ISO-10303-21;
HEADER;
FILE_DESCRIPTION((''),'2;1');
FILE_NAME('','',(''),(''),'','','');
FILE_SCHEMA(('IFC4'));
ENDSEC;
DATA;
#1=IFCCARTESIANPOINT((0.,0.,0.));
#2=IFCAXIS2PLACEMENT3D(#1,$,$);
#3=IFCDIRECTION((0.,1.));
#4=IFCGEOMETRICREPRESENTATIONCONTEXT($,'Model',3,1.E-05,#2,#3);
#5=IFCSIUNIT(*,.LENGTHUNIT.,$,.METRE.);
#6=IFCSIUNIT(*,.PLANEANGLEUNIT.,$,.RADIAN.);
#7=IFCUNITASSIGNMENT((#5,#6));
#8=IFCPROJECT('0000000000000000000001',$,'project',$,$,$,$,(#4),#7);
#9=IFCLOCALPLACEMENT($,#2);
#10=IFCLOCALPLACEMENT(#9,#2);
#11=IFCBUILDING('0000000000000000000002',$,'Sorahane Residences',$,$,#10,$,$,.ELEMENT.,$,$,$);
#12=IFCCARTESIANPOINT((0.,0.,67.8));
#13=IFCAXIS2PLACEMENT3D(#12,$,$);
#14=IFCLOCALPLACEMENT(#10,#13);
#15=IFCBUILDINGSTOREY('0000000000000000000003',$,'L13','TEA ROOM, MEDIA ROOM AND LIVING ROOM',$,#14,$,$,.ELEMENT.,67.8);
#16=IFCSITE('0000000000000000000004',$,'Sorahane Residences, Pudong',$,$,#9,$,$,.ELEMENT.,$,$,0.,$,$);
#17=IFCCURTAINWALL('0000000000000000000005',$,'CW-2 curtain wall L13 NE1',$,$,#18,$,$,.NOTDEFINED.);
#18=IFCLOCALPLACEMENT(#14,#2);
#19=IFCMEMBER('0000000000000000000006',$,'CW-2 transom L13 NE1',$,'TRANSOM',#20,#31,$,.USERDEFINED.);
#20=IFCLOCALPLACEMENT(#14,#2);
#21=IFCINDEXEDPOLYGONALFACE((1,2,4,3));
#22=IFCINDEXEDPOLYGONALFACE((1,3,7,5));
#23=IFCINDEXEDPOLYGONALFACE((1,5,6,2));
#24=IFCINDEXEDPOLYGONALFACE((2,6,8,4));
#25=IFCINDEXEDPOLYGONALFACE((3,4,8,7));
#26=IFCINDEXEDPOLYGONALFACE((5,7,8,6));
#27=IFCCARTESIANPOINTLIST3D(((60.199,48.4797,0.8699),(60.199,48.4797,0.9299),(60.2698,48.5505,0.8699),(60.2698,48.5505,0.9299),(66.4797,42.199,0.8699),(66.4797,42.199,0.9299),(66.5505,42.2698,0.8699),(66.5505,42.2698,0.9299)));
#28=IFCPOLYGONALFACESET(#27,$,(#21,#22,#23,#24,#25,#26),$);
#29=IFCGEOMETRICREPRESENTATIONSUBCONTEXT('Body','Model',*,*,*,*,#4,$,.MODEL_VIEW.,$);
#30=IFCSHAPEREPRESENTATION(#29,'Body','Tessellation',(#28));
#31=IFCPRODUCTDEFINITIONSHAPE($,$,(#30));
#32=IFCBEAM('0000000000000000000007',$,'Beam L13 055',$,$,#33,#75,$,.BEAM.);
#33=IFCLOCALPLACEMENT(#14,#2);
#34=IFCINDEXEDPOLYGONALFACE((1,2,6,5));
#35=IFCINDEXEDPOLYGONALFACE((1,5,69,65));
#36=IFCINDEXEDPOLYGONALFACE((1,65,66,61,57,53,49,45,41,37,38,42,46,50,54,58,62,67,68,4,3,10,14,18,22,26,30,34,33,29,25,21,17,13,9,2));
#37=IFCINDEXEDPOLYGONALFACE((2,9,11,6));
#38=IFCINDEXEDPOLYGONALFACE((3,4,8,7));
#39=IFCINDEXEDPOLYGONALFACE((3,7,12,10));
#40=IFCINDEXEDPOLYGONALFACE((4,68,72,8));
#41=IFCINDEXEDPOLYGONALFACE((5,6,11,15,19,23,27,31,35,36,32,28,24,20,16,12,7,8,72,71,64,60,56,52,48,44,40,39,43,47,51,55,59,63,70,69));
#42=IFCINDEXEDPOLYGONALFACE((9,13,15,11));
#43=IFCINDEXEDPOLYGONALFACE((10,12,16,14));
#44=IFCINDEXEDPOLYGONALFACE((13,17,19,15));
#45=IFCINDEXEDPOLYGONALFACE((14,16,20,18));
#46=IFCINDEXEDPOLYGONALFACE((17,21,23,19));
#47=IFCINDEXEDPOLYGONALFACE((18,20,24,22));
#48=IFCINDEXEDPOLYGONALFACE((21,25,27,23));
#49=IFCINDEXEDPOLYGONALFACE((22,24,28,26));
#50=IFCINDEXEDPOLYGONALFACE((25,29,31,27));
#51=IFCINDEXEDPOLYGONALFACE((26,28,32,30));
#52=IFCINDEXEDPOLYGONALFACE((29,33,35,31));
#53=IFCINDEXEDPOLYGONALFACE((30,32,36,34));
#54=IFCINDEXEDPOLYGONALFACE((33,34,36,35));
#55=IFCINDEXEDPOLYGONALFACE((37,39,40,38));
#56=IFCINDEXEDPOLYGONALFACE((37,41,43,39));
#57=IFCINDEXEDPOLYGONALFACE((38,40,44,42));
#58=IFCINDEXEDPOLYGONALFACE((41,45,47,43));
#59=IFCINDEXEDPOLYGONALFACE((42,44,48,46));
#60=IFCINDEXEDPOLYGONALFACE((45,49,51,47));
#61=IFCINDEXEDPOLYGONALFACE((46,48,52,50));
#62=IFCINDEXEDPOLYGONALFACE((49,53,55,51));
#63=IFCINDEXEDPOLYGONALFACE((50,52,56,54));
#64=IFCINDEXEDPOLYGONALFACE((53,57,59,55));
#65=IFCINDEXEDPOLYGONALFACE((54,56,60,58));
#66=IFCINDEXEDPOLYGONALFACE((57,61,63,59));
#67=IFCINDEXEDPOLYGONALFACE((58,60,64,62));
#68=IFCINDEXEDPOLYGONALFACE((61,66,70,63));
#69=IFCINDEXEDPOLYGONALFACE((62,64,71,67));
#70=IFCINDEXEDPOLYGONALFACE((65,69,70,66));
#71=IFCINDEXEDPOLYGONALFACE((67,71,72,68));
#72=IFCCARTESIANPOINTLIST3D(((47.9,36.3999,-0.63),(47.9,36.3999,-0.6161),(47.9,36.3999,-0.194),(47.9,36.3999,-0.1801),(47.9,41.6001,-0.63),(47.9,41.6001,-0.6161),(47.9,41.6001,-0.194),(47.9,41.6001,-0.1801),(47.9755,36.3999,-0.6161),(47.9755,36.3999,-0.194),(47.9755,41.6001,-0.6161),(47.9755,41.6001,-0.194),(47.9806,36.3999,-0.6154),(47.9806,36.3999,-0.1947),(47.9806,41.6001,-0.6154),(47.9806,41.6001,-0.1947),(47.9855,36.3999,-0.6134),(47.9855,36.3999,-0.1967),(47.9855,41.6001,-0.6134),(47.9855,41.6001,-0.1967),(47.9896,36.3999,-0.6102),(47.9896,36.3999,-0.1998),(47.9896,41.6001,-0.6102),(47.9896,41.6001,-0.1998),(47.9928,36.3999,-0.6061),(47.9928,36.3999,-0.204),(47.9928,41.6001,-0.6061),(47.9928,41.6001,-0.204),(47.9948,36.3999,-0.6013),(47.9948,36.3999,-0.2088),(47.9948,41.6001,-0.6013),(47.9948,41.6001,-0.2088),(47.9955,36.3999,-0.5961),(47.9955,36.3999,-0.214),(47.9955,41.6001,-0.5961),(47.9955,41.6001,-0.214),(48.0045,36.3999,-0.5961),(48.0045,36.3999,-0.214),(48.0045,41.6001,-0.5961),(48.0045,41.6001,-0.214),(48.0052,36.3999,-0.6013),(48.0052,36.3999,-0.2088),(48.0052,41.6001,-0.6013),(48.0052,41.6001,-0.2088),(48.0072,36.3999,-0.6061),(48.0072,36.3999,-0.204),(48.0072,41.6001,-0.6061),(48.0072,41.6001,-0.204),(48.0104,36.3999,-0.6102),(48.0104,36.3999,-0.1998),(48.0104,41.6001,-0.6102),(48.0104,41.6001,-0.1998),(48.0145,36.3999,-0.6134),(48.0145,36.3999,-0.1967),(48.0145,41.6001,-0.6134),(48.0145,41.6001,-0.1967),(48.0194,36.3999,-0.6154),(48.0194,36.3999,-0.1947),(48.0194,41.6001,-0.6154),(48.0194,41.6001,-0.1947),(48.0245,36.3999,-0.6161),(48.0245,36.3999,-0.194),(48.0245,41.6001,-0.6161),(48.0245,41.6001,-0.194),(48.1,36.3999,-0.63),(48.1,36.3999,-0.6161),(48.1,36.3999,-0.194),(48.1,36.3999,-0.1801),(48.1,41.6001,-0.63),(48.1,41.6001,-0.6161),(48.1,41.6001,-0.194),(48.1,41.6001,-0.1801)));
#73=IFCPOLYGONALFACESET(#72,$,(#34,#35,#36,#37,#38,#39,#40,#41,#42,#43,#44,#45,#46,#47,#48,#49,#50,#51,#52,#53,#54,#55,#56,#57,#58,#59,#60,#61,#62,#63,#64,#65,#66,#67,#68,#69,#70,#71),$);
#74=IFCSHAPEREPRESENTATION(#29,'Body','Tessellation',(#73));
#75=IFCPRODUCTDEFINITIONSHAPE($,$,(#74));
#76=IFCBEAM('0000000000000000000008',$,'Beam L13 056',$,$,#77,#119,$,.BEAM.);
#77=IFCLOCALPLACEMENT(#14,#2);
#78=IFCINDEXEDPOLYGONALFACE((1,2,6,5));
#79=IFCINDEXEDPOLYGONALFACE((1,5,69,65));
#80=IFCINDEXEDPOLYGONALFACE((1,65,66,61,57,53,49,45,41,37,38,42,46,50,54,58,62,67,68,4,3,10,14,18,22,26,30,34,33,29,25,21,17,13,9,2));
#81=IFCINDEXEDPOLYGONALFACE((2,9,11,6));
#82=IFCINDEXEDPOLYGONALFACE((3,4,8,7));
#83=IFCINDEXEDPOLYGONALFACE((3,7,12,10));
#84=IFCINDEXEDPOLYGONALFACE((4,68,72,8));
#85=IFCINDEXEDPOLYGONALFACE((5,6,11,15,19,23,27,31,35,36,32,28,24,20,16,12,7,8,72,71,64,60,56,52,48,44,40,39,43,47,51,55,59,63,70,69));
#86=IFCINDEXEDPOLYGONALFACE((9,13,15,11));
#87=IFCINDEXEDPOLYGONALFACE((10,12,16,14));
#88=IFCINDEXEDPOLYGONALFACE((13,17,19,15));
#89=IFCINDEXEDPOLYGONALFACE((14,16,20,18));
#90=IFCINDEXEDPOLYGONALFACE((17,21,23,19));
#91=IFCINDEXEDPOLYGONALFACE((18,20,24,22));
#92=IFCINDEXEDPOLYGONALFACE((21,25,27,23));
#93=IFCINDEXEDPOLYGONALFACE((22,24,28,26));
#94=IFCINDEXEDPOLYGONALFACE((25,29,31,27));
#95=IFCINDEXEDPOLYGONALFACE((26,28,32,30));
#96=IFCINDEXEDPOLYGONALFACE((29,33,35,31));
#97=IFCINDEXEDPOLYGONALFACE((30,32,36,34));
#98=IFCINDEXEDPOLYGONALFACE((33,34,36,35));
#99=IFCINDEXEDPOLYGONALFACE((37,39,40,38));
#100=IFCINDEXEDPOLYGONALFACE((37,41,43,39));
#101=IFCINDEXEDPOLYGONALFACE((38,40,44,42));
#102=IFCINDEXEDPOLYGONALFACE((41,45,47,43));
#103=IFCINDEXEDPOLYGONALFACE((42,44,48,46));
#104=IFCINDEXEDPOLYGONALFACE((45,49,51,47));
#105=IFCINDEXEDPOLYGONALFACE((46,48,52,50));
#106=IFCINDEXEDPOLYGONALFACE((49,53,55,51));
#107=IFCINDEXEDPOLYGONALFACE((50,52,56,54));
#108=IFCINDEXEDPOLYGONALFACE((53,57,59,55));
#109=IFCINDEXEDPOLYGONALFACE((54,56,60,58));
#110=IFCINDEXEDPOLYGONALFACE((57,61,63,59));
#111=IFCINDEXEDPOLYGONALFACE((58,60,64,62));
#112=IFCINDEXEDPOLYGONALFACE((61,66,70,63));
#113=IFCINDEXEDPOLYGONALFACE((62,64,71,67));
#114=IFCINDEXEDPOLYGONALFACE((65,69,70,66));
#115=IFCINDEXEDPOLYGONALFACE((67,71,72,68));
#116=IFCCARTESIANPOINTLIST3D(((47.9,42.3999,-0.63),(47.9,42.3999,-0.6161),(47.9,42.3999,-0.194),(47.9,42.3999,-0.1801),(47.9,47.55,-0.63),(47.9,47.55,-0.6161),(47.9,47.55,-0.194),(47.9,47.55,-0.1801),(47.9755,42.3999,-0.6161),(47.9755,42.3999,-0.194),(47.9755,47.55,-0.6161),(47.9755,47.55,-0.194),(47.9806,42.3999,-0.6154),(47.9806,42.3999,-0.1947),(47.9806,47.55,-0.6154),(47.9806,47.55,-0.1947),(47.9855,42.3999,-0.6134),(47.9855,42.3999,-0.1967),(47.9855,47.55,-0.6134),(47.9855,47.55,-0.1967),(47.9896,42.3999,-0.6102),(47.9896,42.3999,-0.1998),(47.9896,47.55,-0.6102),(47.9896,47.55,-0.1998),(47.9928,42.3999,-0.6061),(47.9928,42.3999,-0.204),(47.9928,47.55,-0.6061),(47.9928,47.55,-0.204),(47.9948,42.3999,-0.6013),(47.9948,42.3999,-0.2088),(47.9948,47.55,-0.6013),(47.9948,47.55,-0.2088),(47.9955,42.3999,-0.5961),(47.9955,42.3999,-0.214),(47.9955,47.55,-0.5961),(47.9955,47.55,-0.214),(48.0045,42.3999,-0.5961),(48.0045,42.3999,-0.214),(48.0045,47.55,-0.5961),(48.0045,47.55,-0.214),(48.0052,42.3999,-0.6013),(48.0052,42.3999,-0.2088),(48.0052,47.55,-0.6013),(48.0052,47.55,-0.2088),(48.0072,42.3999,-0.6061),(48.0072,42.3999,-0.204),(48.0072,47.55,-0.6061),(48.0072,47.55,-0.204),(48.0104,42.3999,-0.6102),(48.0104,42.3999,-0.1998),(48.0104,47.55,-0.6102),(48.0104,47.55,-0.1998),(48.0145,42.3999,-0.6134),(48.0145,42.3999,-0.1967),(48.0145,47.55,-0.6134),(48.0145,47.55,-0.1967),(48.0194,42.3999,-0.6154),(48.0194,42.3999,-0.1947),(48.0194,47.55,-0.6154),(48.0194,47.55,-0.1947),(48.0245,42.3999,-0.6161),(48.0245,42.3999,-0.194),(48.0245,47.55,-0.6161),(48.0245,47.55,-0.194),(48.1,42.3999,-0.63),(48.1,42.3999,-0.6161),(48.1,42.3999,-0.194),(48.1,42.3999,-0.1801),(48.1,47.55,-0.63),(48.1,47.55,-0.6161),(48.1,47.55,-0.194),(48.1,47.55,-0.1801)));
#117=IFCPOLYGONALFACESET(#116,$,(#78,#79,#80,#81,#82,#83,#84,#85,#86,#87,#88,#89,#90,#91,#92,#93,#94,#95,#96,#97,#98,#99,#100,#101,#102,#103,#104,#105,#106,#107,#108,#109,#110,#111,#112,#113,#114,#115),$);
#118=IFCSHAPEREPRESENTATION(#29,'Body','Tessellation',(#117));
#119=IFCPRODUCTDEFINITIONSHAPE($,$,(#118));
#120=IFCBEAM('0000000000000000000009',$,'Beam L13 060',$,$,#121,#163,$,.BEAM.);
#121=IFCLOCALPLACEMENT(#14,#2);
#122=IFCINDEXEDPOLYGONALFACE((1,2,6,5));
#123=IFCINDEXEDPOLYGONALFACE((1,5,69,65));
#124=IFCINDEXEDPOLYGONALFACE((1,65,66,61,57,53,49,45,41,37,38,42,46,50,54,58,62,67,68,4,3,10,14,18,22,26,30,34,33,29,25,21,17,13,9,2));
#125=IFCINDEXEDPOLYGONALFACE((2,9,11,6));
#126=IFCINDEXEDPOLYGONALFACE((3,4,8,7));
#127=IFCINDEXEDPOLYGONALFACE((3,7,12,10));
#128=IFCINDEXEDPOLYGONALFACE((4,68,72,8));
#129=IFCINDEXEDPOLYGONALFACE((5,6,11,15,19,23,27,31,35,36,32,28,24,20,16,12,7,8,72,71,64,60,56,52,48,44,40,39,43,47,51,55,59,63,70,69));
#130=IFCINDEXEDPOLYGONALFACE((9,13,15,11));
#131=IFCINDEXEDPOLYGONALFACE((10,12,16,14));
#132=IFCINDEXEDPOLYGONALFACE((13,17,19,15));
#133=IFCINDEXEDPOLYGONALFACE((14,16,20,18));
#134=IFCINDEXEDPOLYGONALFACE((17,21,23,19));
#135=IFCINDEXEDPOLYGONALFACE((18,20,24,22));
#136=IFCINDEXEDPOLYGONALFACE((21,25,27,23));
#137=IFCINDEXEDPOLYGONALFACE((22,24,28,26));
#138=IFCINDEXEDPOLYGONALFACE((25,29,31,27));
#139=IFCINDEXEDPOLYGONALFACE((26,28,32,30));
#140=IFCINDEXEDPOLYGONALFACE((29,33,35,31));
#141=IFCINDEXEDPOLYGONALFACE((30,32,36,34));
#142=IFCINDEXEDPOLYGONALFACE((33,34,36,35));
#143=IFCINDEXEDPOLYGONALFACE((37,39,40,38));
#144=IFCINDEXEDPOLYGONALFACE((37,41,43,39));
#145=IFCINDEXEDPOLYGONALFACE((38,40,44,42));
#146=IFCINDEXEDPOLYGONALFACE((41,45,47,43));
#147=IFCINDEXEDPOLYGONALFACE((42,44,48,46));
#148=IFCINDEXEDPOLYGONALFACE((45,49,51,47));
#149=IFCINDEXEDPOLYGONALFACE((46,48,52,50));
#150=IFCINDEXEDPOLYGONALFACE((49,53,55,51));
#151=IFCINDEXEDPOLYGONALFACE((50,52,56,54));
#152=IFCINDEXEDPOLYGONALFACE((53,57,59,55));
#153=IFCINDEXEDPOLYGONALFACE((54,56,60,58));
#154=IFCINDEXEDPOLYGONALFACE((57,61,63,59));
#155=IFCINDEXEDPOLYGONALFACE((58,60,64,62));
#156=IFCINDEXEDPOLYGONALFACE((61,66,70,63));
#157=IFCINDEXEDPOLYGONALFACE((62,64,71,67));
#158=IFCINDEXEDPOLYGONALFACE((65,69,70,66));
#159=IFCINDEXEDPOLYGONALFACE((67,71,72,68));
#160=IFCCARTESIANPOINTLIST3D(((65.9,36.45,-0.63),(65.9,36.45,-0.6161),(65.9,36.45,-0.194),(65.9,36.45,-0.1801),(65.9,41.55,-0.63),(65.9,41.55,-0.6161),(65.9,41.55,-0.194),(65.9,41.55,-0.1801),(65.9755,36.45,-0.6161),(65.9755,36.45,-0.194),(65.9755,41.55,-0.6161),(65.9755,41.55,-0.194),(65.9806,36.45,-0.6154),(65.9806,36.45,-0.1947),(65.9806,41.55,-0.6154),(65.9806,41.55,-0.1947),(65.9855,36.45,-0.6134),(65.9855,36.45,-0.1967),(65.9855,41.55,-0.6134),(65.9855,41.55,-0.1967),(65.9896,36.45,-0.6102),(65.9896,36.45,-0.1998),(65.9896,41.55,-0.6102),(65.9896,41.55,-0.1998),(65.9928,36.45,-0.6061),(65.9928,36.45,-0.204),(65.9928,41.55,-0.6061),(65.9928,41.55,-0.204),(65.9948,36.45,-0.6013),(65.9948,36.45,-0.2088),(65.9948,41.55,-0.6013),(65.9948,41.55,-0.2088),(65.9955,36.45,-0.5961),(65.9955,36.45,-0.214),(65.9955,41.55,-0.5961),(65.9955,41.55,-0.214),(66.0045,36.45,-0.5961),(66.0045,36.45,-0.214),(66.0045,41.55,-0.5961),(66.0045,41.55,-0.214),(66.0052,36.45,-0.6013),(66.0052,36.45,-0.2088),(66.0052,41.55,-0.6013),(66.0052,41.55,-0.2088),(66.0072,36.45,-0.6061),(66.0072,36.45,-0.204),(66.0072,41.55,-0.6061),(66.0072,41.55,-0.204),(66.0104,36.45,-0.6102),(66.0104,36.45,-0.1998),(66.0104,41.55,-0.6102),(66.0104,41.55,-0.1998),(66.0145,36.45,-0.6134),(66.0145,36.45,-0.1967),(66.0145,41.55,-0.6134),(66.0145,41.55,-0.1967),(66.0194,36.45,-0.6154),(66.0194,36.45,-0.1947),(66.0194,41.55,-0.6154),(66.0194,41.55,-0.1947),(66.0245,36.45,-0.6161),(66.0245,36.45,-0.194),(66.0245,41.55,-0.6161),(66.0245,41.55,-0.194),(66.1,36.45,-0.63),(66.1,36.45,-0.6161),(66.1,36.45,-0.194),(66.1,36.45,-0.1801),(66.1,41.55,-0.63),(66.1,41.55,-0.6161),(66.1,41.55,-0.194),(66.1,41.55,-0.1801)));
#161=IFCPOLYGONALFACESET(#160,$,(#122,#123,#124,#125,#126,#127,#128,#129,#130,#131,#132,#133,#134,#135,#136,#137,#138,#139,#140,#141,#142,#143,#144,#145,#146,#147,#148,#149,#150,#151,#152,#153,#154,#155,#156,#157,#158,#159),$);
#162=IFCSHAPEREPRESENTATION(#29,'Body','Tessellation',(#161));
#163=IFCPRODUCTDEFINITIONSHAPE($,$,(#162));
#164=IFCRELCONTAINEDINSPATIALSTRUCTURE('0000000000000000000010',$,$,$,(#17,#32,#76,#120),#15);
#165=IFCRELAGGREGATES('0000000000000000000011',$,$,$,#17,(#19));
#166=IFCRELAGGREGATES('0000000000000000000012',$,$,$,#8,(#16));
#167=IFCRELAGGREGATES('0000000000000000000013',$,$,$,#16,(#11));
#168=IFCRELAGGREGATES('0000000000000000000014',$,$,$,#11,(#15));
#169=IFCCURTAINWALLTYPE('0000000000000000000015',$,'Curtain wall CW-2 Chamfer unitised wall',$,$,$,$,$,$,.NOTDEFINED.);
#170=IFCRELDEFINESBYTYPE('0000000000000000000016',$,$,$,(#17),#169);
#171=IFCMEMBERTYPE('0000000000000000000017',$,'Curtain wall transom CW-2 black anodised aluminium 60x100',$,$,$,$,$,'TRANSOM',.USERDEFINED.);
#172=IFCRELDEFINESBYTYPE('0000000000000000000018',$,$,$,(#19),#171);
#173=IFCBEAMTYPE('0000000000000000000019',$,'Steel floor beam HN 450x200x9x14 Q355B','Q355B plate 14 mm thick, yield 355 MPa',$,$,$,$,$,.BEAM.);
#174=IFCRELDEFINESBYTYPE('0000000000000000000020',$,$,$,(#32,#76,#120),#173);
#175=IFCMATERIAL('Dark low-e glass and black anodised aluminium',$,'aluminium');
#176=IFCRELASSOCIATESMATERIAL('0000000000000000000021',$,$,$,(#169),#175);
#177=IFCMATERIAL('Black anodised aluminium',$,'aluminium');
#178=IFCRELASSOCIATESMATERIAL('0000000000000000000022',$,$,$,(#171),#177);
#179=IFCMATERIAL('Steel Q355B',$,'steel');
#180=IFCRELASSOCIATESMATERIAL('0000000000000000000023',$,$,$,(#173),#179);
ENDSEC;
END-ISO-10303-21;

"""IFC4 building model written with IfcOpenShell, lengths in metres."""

from ifc_helpers import new_model, si_unit, direction, frame, origin, origin_2d, place, context, subcontext, project, spatial, rectangle, i_section, extrude, material, material_profile, profile_set, type_object, element, aggregate, save


model = new_model("IFC4")

# Units and contexts
model_context = context("Model", 3, precision=1e-05, world=origin(), true_north=direction((0.0, 1.0)))
body_context = subcontext(model_context, "Body", "Model", "MODEL_VIEW")
ifc_project = project(units=[si_unit("LENGTHUNIT", "METRE"), si_unit("PLANEANGLEUNIT", "RADIAN")], contexts=[model_context])

# Site, building, storey
site_placement = place(None, origin())
site = spatial("IfcSite", under=ifc_project, at=site_placement, Name="Sorahane Residences, Pudong", CompositionType="ELEMENT", RefElevation=0.0)
building_placement = place(site_placement, origin())
building = spatial("IfcBuilding", under=site, at=building_placement, Name="Sorahane Residences", CompositionType="ELEMENT")
storey_placement = place(building_placement, frame((0.0, 0.0, 67.8)))
storey = spatial("IfcBuildingStorey", under=building, at=storey_placement, Name="L13", Description="TEA ROOM, MEDIA ROOM AND LIVING ROOM", CompositionType="ELEMENT", Elevation=67.8)

# Curtain wall
ifc_material_1 = material(Name="Dark low-e glass and black anodised aluminium", Category="aluminium")
curtain_wall_type_1 = type_object("IfcCurtainWallType", Name="Curtain wall CW-2 Chamfer unitised wall", PredefinedType="NOTDEFINED", material=ifc_material_1)
curtain_wall_1_placement = place(storey_placement, origin())
curtain_wall_1 = element("IfcCurtainWall", 1, at=curtain_wall_1_placement, inside=storey, type_object=curtain_wall_type_1, Name="CW-2 curtain wall L13 NE1", PredefinedType="NOTDEFINED")

# Member
ifc_material_2 = material(Name="Black anodised aluminium", Category="aluminium")
ifc_material_profile_1 = material_profile(ifc_material_2, rectangle(XDim=0.1001, YDim=0.0601, at=origin_2d()), Name="Curtain wall transom CW-2 black anodised aluminium 60x100")
ifc_profile_set_1 = profile_set([ifc_material_profile_1], Name="Black anodised aluminium")
member_type_1 = type_object("IfcMemberType", Name="Curtain wall transom CW-2 black anodised aluminium 60x100", ElementType="TRANSOM", PredefinedType="USERDEFINED", material=ifc_profile_set_1)
member_1_placement = place(storey_placement, frame((66.5151, 42.2344, 0.8999), z_axis=(-0.707107, 0.707107, 0.0), x_axis=(-0.707107, -0.707107, 0.0)))
member_1 = element("IfcMember", 2, at=member_1_placement, type_object=member_type_1, Name="CW-2 transom L13 NE1", ObjectType="TRANSOM", PredefinedType="USERDEFINED", context=body_context, shape_type="SweptSolid", body=[
    extrude(rectangle(XDim=0.1001, YDim=0.0601, at=origin_2d()), origin(), (0.0, 0.0, 1.0), 8.8823),
])

# Beams
ifc_material_3 = material(Name="Steel Q355B", Category="steel")
ifc_material_profile_2 = material_profile(ifc_material_3, i_section(OverallWidth=0.2, OverallDepth=0.45, WebThickness=0.009, FlangeThickness=0.0139, FilletRadius=0.02, at=origin_2d()), Name="HN 450x200x9x14")
ifc_profile_set_2 = profile_set([ifc_material_profile_2], Name="Steel Q355B")
beam_type_1 = type_object("IfcBeamType", Name="Steel floor beam HN 450x200x9x14 Q355B", Description="Q355B plate 14 mm thick, yield 355 MPa", PredefinedType="BEAM", material=ifc_profile_set_2)
beam_1_placement = place(storey_placement, frame((48.0, 36.3999, -0.405), z_axis=(0.0, 1.0, 0.0), x_axis=(-1.0, 0.0, 0.0)))
element("IfcBeam", 3, at=beam_1_placement, inside=storey, type_object=beam_type_1, Name="Beam L13 055", PredefinedType="BEAM", context=body_context, shape_type="SweptSolid", body=[
    extrude(i_section(OverallWidth=0.2, OverallDepth=0.45, WebThickness=0.009, FlangeThickness=0.0139, FilletRadius=0.02, at=origin_2d()), origin(), (0.0, 0.0, 1.0), 5.2002),
])
beam_2_placement = place(storey_placement, frame((48.0, 42.3999, -0.405), z_axis=(0.0, 1.0, 0.0), x_axis=(-1.0, 0.0, 0.0)))
element("IfcBeam", 4, at=beam_2_placement, inside=storey, type_object=beam_type_1, Name="Beam L13 056", PredefinedType="BEAM", context=body_context, shape_type="SweptSolid", body=[
    extrude(i_section(OverallWidth=0.2, OverallDepth=0.45, WebThickness=0.009, FlangeThickness=0.0139, FilletRadius=0.02, at=origin_2d()), origin(), (0.0, 0.0, 1.0), 5.1501),
])
beam_3_placement = place(storey_placement, frame((66.0, 36.45, -0.405), z_axis=(0.0, 1.0, 0.0), x_axis=(-1.0, 0.0, 0.0)))
element("IfcBeam", 5, at=beam_3_placement, inside=storey, type_object=beam_type_1, Name="Beam L13 060", PredefinedType="BEAM", context=body_context, shape_type="SweptSolid", body=[
    extrude(i_section(OverallWidth=0.2, OverallDepth=0.45, WebThickness=0.009, FlangeThickness=0.0139, FilletRadius=0.02, at=origin_2d()), origin(), (0.0, 0.0, 1.0), 5.1001),
])

aggregate(curtain_wall_1, [member_1])

save(model, "model.ifc")
